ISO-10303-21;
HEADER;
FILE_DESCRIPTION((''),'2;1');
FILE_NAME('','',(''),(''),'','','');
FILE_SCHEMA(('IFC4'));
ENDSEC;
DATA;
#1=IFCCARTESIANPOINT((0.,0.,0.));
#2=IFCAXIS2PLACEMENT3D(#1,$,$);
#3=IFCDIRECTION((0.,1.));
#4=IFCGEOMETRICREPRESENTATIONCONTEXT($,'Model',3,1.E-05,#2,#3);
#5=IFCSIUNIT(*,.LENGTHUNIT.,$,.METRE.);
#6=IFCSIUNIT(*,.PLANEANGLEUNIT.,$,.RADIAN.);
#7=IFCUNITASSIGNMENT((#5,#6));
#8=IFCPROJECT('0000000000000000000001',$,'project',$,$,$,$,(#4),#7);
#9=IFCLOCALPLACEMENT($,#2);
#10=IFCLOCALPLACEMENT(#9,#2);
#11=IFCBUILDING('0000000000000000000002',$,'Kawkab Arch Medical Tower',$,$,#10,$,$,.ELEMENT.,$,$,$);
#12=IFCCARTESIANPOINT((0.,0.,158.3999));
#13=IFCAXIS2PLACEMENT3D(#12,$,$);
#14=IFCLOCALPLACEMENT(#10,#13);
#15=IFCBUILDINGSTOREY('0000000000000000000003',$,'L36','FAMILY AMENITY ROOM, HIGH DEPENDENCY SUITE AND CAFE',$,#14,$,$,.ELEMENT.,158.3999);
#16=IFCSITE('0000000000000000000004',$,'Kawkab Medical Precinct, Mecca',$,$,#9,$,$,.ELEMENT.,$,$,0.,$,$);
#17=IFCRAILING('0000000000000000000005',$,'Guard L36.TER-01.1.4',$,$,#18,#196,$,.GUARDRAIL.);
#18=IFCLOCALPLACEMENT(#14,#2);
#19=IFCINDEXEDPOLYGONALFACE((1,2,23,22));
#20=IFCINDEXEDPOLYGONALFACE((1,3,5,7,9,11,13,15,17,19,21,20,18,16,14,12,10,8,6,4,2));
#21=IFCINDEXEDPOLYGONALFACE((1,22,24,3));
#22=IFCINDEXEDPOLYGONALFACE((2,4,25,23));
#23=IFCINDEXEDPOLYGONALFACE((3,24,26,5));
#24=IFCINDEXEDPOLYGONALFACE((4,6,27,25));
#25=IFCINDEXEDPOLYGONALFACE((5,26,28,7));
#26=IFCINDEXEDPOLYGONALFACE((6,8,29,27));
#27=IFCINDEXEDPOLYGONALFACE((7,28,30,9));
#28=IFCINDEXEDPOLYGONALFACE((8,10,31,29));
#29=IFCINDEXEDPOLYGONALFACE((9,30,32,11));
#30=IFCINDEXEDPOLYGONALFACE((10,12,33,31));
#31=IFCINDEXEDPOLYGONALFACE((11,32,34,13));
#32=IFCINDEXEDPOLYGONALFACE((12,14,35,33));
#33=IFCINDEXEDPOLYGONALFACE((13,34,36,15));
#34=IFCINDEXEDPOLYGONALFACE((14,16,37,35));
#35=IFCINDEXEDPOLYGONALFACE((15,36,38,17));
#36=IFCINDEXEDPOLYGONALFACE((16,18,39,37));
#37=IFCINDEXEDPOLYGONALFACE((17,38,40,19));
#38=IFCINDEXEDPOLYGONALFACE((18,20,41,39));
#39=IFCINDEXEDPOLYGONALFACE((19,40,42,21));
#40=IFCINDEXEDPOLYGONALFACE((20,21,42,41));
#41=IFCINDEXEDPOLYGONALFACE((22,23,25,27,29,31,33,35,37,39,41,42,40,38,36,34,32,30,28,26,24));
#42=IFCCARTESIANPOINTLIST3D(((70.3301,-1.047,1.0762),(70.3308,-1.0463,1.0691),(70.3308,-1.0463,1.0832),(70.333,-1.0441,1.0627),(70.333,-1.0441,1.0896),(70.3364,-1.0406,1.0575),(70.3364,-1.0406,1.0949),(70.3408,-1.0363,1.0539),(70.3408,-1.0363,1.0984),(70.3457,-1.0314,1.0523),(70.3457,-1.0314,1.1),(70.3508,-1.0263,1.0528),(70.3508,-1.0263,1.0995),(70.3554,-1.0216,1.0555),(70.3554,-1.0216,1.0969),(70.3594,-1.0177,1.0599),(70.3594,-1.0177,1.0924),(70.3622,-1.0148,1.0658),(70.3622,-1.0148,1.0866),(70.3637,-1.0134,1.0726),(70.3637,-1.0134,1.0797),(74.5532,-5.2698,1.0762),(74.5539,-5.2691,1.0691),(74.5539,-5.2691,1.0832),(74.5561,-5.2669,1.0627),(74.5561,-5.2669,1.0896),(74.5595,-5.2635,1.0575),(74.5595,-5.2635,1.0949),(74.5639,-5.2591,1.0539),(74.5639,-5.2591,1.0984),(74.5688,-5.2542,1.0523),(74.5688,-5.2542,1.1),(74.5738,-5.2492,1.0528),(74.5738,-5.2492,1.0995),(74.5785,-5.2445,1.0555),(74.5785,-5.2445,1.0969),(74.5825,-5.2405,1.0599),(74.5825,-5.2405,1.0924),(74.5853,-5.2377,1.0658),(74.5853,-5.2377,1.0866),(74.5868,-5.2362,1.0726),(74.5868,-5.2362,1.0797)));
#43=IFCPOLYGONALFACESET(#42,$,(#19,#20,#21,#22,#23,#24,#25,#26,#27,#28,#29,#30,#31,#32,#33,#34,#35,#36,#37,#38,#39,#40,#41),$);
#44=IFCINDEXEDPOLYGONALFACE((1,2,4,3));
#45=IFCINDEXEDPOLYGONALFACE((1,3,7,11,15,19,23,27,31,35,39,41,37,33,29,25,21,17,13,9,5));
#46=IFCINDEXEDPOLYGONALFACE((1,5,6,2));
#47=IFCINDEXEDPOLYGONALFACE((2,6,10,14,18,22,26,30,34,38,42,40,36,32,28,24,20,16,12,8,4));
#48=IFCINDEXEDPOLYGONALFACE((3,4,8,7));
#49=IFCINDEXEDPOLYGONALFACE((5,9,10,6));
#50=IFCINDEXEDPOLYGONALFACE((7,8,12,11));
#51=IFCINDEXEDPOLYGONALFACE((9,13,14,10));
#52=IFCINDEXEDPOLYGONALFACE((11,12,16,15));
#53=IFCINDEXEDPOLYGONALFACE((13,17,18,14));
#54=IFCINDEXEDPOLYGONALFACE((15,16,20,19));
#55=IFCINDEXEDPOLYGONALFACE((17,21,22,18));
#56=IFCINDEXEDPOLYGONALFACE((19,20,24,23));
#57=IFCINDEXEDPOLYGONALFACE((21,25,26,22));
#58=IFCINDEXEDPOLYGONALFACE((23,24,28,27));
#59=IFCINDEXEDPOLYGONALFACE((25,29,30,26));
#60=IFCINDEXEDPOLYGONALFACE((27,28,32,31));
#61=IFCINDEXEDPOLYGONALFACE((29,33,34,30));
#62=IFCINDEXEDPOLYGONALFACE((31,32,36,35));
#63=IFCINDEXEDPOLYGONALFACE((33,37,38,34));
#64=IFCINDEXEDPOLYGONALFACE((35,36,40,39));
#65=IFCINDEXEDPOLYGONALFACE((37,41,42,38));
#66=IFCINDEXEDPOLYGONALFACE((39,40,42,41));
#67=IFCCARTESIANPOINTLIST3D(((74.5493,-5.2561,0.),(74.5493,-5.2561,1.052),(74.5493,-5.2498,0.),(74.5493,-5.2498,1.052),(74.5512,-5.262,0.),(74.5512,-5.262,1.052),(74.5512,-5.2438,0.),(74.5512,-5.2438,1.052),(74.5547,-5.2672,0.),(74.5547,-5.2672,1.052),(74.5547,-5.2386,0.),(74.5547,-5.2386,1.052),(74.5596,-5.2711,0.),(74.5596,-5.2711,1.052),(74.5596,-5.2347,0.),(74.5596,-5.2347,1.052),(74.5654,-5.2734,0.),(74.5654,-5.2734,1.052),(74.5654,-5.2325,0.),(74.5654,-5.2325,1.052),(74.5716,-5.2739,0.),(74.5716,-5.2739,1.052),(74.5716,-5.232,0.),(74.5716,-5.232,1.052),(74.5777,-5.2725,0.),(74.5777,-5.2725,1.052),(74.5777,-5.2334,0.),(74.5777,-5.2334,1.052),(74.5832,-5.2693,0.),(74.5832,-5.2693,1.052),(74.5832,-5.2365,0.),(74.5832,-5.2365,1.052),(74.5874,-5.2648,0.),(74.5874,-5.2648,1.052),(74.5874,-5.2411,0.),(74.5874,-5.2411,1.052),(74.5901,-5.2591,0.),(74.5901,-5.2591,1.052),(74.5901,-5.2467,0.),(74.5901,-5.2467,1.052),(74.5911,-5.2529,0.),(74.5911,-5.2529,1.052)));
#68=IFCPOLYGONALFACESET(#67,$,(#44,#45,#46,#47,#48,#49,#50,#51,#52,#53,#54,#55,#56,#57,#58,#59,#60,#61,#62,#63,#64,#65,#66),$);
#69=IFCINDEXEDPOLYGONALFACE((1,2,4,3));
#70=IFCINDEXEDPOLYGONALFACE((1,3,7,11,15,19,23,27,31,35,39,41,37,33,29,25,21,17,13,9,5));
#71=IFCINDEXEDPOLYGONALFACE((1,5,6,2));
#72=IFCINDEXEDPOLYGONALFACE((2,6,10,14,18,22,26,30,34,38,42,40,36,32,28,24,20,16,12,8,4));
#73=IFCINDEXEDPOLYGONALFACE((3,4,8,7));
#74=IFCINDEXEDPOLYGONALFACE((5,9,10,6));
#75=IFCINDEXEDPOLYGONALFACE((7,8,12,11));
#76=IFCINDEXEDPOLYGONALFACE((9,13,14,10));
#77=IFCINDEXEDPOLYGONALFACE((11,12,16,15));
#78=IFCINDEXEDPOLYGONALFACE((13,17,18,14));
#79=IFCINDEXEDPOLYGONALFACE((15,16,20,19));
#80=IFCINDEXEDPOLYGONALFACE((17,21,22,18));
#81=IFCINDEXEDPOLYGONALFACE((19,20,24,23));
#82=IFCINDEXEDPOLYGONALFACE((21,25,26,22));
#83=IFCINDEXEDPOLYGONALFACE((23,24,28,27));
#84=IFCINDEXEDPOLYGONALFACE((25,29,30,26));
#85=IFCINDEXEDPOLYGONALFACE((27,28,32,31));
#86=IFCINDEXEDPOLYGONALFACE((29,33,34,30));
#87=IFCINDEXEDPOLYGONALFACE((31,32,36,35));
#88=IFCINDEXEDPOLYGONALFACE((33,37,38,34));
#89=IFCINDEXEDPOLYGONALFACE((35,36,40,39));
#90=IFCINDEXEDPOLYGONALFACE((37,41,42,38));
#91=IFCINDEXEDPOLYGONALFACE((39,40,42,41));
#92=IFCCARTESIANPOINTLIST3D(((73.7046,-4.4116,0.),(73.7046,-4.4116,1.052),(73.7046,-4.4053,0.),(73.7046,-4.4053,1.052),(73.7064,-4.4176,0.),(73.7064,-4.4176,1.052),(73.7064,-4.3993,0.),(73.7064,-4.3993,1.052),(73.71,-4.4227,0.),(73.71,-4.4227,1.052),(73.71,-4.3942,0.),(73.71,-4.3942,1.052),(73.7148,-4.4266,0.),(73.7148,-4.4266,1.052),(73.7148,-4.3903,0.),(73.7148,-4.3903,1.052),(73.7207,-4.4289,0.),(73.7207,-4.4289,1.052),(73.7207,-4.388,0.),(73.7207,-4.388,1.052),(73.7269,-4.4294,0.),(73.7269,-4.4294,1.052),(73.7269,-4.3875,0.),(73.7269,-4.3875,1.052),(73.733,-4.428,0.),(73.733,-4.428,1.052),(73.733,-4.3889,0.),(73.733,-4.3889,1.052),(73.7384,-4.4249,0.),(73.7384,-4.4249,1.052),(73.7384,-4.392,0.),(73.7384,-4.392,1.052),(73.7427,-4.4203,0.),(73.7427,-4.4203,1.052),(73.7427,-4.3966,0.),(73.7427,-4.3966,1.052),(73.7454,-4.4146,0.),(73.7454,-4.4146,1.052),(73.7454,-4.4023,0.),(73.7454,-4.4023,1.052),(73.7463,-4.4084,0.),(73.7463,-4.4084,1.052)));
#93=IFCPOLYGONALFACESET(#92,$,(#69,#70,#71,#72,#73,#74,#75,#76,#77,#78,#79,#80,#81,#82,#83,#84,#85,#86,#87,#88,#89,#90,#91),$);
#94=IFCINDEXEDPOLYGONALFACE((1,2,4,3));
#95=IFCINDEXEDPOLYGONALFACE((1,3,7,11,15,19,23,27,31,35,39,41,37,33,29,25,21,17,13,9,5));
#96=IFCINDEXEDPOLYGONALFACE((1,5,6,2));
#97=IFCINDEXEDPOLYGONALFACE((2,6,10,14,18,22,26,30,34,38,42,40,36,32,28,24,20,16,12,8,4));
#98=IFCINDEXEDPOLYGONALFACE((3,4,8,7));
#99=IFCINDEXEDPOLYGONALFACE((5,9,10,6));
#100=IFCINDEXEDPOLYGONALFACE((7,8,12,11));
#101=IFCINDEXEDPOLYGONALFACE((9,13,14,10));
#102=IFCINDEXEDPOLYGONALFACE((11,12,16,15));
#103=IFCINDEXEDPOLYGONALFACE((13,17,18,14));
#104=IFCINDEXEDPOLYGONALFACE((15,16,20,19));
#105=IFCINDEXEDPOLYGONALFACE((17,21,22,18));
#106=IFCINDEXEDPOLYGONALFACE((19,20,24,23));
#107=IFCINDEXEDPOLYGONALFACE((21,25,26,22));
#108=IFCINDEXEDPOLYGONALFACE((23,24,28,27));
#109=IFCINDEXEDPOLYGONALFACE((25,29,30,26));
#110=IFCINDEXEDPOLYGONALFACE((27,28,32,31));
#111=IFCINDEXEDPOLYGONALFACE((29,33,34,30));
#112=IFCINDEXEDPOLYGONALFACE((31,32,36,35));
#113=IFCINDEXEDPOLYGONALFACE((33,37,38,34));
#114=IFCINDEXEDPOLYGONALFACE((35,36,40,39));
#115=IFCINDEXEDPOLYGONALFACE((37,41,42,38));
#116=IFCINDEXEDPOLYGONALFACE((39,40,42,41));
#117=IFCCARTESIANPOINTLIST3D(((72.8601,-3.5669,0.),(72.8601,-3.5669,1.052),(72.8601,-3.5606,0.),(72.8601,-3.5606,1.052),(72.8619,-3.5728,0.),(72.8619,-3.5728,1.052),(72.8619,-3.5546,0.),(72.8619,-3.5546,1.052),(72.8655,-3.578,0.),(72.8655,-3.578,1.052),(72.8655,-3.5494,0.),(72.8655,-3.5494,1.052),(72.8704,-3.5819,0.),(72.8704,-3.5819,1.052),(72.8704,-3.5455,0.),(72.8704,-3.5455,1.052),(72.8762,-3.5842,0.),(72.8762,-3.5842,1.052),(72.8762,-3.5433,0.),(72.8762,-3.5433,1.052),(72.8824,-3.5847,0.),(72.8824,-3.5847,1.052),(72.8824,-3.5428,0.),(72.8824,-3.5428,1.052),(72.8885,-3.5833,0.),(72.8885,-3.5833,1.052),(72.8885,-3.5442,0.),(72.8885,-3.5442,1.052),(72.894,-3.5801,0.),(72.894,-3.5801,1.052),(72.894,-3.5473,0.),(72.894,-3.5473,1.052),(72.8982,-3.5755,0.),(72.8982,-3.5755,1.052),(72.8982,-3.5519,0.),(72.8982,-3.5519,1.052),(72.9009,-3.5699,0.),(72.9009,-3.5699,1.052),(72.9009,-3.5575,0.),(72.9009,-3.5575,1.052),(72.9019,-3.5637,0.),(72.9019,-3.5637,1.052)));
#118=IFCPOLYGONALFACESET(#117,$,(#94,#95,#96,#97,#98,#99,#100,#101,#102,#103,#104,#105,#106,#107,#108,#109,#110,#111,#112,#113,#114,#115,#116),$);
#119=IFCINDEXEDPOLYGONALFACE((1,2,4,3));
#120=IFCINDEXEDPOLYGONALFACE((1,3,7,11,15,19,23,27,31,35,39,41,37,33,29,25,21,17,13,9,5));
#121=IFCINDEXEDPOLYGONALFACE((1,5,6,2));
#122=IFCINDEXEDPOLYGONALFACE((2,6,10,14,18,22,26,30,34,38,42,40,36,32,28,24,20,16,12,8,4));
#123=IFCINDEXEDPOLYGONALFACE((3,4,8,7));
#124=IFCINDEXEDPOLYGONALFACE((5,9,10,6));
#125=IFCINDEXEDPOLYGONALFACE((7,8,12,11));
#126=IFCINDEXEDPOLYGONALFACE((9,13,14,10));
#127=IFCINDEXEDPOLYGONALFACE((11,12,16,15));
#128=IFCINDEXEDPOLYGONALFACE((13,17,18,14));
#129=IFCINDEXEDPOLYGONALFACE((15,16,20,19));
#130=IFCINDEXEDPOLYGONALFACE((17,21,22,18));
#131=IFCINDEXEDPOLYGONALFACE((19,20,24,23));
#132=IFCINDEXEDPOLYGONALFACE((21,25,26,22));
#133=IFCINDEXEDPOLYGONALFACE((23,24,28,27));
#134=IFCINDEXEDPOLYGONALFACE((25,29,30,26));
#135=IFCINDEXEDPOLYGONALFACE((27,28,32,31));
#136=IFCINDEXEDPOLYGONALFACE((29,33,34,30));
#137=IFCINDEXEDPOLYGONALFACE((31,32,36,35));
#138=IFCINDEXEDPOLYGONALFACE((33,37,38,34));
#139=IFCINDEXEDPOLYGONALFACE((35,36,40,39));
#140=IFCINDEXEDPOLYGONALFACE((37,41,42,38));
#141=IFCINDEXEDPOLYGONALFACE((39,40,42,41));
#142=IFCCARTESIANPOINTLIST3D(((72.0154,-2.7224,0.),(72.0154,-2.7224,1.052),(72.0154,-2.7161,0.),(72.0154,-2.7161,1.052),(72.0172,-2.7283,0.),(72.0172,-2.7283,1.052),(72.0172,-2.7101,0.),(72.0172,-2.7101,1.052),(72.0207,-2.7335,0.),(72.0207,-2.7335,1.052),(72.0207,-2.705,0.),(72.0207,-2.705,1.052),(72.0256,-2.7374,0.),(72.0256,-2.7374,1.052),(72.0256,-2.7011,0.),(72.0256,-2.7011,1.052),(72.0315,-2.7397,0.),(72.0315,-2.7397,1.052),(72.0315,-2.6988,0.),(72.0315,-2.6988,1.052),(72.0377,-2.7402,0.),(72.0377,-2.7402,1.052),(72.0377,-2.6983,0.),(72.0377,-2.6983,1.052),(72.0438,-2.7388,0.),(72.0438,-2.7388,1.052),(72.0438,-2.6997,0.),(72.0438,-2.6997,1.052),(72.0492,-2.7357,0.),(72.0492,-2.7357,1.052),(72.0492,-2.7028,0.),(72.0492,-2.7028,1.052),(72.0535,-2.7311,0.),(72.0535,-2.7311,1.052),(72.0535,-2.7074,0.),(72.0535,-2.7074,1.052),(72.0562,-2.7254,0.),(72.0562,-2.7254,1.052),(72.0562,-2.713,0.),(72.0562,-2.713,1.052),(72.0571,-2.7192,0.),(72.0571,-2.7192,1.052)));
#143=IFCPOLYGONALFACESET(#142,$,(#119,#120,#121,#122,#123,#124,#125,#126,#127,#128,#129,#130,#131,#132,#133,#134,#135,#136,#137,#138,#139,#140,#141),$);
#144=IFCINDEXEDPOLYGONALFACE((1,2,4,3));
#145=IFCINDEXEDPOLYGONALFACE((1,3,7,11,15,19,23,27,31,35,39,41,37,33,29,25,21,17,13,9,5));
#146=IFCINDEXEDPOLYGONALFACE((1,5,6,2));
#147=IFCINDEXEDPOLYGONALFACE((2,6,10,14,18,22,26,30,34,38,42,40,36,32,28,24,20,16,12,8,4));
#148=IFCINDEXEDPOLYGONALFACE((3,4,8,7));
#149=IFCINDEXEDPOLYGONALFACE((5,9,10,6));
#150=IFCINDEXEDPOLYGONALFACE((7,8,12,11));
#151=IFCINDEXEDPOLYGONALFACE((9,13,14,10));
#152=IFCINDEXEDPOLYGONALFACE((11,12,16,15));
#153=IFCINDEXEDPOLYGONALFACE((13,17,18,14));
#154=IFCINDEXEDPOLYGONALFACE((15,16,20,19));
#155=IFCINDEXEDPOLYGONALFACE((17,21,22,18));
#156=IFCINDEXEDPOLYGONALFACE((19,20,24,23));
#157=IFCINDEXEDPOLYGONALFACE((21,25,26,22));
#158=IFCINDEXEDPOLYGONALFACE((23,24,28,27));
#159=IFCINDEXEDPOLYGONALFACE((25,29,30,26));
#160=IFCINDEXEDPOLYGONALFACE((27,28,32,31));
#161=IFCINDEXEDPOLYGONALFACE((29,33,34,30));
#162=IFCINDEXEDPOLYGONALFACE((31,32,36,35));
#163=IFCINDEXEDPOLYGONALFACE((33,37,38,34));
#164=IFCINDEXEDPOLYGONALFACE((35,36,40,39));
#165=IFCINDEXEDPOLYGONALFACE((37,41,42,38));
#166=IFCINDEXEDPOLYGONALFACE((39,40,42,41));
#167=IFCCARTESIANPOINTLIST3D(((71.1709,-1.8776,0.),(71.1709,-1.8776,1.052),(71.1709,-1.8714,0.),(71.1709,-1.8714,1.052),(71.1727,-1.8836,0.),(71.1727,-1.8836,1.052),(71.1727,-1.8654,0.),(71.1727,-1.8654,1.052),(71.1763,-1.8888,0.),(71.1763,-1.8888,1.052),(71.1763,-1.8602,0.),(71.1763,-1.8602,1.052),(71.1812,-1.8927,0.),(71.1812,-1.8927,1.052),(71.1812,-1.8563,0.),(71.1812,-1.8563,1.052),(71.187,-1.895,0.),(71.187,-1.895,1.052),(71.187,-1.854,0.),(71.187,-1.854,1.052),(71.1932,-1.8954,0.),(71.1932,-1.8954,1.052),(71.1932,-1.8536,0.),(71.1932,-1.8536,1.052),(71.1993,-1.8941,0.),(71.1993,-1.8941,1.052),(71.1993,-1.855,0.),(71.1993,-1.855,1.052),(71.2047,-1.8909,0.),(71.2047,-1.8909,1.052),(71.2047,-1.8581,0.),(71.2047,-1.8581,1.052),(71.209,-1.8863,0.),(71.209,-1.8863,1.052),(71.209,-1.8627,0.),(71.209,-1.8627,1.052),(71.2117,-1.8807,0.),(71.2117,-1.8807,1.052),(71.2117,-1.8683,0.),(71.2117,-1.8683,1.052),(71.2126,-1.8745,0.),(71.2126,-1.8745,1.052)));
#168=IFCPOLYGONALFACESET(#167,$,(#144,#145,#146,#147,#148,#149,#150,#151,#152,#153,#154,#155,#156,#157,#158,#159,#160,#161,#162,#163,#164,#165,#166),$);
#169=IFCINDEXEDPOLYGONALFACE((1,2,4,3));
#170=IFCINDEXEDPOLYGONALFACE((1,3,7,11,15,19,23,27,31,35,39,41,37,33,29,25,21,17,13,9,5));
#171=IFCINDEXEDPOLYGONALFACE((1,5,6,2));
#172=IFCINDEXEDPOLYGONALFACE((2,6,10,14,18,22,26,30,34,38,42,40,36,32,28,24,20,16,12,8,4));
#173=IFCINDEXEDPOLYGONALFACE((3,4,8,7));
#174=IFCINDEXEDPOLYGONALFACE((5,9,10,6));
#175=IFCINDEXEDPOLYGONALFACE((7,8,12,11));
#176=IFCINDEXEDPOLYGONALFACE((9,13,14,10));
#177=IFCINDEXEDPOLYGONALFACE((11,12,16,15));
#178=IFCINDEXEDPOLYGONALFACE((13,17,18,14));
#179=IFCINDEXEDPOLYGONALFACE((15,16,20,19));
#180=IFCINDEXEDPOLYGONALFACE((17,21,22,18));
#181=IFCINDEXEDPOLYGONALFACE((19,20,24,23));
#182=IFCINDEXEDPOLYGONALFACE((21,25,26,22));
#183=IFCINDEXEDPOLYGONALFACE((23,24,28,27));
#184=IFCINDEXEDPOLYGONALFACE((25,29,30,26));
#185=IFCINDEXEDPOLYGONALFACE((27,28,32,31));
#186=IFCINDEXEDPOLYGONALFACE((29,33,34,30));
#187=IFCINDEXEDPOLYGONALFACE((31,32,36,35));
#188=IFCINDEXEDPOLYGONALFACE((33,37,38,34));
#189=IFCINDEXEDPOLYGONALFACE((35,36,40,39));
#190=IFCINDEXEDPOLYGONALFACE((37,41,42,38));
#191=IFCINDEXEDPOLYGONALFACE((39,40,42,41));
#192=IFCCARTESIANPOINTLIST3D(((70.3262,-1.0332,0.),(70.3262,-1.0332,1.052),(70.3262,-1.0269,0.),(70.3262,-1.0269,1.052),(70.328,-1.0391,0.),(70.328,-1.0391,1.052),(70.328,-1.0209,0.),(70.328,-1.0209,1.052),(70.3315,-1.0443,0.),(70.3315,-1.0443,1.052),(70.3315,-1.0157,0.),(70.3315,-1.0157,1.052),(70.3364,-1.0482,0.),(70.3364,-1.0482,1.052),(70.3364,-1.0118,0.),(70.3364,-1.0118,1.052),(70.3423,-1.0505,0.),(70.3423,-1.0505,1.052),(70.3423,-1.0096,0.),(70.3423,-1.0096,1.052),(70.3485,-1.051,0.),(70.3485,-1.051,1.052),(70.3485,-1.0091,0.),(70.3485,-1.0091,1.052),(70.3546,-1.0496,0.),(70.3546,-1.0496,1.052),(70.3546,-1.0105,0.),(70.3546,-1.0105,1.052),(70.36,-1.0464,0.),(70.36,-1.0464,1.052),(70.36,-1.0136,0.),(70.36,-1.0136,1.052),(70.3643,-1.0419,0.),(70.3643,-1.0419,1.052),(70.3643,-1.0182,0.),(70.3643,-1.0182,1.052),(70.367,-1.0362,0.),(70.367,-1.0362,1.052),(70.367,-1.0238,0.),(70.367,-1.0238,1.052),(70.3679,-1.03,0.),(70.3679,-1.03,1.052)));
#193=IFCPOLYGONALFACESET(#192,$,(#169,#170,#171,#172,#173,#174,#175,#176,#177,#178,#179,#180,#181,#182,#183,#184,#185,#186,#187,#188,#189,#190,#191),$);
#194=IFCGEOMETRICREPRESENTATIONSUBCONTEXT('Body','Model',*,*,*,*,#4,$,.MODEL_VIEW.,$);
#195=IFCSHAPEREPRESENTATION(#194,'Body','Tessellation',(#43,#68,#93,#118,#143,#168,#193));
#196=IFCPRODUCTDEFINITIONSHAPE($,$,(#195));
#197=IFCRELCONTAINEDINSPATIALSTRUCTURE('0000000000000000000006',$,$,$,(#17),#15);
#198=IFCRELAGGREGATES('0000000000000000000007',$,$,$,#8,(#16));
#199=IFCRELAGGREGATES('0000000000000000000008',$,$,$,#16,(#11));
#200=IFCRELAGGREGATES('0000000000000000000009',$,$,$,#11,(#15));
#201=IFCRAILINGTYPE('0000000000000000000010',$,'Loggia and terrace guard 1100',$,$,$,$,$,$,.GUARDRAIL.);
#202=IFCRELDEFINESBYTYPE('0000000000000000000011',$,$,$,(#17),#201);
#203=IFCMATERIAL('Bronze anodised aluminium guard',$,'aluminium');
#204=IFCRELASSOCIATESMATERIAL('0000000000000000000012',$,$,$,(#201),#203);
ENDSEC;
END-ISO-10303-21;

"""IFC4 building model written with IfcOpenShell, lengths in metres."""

from ifc_helpers import new_model, si_unit, direction, frame, origin, origin_2d, place, context, subcontext, project, spatial, circle, extrude, material, type_object, element, save


model = new_model("IFC4")

# Units and contexts
model_context = context("Model", 3, precision=1e-05, world=origin(), true_north=direction((0.0, 1.0)))
body_context = subcontext(model_context, "Body", "Model", "MODEL_VIEW")
ifc_project = project(units=[si_unit("LENGTHUNIT", "METRE"), si_unit("PLANEANGLEUNIT", "RADIAN")], contexts=[model_context])

# Site, building, storey
site_placement = place(None, origin())
site = spatial("IfcSite", under=ifc_project, at=site_placement, Name="Kawkab Medical Precinct, Mecca", CompositionType="ELEMENT", RefElevation=0.0)
building_placement = place(site_placement, origin())
building = spatial("IfcBuilding", under=site, at=building_placement, Name="Kawkab Arch Medical Tower", CompositionType="ELEMENT")
storey_placement = place(building_placement, frame((0.0, 0.0, 158.3999)))
storey = spatial("IfcBuildingStorey", under=building, at=storey_placement, Name="L36", Description="FAMILY AMENITY ROOM, HIGH DEPENDENCY SUITE AND CAFE", CompositionType="ELEMENT", Elevation=158.3999)

# Railing
ifc_material_1 = material(Name="Bronze anodised aluminium guard", Category="aluminium")
railing_type_1 = type_object("IfcRailingType", Name="Loggia and terrace guard 1100", PredefinedType="GUARDRAIL", material=ifc_material_1)
railing_1_placement = place(storey_placement, frame((74.5701, -5.2529, 0.0)))
element("IfcRailing", 1, at=railing_1_placement, inside=storey, type_object=railing_type_1, Name="Guard L36.TER-01.1.4", PredefinedType="GUARDRAIL", context=body_context, shape_type="SweptSolid", body=[
    extrude(circle(Radius=0.0239, at=origin_2d()), frame((0.0, 0.0, 1.0762), z_axis=(-0.707127, 0.707086, 0.0), x_axis=(-0.707086, -0.707127, 0.0)), (0.0, 0.0, 1.0), 5.9722),
    extrude(circle(Radius=0.021, at=origin_2d()), origin(), (0.0, 0.0, 1.0), 1.052),
    extrude(circle(Radius=0.021, at=origin_2d()), frame((-0.8447, 0.8445, 0.0)), (0.0, 0.0, 1.0), 1.052),
    extrude(circle(Radius=0.021, at=origin_2d()), frame((-1.6892, 1.6892, 0.0)), (0.0, 0.0, 1.0), 1.052),
    extrude(circle(Radius=0.021, at=origin_2d()), frame((-2.5339, 2.5337, 0.0)), (0.0, 0.0, 1.0), 1.052),
    extrude(circle(Radius=0.021, at=origin_2d()), frame((-3.3784, 3.3784, 0.0)), (0.0, 0.0, 1.0), 1.052),
    extrude(circle(Radius=0.021, at=origin_2d()), frame((-4.2231, 4.2229, 0.0)), (0.0, 0.0, 1.0), 1.052),
])

save(model, "model.ifc")
